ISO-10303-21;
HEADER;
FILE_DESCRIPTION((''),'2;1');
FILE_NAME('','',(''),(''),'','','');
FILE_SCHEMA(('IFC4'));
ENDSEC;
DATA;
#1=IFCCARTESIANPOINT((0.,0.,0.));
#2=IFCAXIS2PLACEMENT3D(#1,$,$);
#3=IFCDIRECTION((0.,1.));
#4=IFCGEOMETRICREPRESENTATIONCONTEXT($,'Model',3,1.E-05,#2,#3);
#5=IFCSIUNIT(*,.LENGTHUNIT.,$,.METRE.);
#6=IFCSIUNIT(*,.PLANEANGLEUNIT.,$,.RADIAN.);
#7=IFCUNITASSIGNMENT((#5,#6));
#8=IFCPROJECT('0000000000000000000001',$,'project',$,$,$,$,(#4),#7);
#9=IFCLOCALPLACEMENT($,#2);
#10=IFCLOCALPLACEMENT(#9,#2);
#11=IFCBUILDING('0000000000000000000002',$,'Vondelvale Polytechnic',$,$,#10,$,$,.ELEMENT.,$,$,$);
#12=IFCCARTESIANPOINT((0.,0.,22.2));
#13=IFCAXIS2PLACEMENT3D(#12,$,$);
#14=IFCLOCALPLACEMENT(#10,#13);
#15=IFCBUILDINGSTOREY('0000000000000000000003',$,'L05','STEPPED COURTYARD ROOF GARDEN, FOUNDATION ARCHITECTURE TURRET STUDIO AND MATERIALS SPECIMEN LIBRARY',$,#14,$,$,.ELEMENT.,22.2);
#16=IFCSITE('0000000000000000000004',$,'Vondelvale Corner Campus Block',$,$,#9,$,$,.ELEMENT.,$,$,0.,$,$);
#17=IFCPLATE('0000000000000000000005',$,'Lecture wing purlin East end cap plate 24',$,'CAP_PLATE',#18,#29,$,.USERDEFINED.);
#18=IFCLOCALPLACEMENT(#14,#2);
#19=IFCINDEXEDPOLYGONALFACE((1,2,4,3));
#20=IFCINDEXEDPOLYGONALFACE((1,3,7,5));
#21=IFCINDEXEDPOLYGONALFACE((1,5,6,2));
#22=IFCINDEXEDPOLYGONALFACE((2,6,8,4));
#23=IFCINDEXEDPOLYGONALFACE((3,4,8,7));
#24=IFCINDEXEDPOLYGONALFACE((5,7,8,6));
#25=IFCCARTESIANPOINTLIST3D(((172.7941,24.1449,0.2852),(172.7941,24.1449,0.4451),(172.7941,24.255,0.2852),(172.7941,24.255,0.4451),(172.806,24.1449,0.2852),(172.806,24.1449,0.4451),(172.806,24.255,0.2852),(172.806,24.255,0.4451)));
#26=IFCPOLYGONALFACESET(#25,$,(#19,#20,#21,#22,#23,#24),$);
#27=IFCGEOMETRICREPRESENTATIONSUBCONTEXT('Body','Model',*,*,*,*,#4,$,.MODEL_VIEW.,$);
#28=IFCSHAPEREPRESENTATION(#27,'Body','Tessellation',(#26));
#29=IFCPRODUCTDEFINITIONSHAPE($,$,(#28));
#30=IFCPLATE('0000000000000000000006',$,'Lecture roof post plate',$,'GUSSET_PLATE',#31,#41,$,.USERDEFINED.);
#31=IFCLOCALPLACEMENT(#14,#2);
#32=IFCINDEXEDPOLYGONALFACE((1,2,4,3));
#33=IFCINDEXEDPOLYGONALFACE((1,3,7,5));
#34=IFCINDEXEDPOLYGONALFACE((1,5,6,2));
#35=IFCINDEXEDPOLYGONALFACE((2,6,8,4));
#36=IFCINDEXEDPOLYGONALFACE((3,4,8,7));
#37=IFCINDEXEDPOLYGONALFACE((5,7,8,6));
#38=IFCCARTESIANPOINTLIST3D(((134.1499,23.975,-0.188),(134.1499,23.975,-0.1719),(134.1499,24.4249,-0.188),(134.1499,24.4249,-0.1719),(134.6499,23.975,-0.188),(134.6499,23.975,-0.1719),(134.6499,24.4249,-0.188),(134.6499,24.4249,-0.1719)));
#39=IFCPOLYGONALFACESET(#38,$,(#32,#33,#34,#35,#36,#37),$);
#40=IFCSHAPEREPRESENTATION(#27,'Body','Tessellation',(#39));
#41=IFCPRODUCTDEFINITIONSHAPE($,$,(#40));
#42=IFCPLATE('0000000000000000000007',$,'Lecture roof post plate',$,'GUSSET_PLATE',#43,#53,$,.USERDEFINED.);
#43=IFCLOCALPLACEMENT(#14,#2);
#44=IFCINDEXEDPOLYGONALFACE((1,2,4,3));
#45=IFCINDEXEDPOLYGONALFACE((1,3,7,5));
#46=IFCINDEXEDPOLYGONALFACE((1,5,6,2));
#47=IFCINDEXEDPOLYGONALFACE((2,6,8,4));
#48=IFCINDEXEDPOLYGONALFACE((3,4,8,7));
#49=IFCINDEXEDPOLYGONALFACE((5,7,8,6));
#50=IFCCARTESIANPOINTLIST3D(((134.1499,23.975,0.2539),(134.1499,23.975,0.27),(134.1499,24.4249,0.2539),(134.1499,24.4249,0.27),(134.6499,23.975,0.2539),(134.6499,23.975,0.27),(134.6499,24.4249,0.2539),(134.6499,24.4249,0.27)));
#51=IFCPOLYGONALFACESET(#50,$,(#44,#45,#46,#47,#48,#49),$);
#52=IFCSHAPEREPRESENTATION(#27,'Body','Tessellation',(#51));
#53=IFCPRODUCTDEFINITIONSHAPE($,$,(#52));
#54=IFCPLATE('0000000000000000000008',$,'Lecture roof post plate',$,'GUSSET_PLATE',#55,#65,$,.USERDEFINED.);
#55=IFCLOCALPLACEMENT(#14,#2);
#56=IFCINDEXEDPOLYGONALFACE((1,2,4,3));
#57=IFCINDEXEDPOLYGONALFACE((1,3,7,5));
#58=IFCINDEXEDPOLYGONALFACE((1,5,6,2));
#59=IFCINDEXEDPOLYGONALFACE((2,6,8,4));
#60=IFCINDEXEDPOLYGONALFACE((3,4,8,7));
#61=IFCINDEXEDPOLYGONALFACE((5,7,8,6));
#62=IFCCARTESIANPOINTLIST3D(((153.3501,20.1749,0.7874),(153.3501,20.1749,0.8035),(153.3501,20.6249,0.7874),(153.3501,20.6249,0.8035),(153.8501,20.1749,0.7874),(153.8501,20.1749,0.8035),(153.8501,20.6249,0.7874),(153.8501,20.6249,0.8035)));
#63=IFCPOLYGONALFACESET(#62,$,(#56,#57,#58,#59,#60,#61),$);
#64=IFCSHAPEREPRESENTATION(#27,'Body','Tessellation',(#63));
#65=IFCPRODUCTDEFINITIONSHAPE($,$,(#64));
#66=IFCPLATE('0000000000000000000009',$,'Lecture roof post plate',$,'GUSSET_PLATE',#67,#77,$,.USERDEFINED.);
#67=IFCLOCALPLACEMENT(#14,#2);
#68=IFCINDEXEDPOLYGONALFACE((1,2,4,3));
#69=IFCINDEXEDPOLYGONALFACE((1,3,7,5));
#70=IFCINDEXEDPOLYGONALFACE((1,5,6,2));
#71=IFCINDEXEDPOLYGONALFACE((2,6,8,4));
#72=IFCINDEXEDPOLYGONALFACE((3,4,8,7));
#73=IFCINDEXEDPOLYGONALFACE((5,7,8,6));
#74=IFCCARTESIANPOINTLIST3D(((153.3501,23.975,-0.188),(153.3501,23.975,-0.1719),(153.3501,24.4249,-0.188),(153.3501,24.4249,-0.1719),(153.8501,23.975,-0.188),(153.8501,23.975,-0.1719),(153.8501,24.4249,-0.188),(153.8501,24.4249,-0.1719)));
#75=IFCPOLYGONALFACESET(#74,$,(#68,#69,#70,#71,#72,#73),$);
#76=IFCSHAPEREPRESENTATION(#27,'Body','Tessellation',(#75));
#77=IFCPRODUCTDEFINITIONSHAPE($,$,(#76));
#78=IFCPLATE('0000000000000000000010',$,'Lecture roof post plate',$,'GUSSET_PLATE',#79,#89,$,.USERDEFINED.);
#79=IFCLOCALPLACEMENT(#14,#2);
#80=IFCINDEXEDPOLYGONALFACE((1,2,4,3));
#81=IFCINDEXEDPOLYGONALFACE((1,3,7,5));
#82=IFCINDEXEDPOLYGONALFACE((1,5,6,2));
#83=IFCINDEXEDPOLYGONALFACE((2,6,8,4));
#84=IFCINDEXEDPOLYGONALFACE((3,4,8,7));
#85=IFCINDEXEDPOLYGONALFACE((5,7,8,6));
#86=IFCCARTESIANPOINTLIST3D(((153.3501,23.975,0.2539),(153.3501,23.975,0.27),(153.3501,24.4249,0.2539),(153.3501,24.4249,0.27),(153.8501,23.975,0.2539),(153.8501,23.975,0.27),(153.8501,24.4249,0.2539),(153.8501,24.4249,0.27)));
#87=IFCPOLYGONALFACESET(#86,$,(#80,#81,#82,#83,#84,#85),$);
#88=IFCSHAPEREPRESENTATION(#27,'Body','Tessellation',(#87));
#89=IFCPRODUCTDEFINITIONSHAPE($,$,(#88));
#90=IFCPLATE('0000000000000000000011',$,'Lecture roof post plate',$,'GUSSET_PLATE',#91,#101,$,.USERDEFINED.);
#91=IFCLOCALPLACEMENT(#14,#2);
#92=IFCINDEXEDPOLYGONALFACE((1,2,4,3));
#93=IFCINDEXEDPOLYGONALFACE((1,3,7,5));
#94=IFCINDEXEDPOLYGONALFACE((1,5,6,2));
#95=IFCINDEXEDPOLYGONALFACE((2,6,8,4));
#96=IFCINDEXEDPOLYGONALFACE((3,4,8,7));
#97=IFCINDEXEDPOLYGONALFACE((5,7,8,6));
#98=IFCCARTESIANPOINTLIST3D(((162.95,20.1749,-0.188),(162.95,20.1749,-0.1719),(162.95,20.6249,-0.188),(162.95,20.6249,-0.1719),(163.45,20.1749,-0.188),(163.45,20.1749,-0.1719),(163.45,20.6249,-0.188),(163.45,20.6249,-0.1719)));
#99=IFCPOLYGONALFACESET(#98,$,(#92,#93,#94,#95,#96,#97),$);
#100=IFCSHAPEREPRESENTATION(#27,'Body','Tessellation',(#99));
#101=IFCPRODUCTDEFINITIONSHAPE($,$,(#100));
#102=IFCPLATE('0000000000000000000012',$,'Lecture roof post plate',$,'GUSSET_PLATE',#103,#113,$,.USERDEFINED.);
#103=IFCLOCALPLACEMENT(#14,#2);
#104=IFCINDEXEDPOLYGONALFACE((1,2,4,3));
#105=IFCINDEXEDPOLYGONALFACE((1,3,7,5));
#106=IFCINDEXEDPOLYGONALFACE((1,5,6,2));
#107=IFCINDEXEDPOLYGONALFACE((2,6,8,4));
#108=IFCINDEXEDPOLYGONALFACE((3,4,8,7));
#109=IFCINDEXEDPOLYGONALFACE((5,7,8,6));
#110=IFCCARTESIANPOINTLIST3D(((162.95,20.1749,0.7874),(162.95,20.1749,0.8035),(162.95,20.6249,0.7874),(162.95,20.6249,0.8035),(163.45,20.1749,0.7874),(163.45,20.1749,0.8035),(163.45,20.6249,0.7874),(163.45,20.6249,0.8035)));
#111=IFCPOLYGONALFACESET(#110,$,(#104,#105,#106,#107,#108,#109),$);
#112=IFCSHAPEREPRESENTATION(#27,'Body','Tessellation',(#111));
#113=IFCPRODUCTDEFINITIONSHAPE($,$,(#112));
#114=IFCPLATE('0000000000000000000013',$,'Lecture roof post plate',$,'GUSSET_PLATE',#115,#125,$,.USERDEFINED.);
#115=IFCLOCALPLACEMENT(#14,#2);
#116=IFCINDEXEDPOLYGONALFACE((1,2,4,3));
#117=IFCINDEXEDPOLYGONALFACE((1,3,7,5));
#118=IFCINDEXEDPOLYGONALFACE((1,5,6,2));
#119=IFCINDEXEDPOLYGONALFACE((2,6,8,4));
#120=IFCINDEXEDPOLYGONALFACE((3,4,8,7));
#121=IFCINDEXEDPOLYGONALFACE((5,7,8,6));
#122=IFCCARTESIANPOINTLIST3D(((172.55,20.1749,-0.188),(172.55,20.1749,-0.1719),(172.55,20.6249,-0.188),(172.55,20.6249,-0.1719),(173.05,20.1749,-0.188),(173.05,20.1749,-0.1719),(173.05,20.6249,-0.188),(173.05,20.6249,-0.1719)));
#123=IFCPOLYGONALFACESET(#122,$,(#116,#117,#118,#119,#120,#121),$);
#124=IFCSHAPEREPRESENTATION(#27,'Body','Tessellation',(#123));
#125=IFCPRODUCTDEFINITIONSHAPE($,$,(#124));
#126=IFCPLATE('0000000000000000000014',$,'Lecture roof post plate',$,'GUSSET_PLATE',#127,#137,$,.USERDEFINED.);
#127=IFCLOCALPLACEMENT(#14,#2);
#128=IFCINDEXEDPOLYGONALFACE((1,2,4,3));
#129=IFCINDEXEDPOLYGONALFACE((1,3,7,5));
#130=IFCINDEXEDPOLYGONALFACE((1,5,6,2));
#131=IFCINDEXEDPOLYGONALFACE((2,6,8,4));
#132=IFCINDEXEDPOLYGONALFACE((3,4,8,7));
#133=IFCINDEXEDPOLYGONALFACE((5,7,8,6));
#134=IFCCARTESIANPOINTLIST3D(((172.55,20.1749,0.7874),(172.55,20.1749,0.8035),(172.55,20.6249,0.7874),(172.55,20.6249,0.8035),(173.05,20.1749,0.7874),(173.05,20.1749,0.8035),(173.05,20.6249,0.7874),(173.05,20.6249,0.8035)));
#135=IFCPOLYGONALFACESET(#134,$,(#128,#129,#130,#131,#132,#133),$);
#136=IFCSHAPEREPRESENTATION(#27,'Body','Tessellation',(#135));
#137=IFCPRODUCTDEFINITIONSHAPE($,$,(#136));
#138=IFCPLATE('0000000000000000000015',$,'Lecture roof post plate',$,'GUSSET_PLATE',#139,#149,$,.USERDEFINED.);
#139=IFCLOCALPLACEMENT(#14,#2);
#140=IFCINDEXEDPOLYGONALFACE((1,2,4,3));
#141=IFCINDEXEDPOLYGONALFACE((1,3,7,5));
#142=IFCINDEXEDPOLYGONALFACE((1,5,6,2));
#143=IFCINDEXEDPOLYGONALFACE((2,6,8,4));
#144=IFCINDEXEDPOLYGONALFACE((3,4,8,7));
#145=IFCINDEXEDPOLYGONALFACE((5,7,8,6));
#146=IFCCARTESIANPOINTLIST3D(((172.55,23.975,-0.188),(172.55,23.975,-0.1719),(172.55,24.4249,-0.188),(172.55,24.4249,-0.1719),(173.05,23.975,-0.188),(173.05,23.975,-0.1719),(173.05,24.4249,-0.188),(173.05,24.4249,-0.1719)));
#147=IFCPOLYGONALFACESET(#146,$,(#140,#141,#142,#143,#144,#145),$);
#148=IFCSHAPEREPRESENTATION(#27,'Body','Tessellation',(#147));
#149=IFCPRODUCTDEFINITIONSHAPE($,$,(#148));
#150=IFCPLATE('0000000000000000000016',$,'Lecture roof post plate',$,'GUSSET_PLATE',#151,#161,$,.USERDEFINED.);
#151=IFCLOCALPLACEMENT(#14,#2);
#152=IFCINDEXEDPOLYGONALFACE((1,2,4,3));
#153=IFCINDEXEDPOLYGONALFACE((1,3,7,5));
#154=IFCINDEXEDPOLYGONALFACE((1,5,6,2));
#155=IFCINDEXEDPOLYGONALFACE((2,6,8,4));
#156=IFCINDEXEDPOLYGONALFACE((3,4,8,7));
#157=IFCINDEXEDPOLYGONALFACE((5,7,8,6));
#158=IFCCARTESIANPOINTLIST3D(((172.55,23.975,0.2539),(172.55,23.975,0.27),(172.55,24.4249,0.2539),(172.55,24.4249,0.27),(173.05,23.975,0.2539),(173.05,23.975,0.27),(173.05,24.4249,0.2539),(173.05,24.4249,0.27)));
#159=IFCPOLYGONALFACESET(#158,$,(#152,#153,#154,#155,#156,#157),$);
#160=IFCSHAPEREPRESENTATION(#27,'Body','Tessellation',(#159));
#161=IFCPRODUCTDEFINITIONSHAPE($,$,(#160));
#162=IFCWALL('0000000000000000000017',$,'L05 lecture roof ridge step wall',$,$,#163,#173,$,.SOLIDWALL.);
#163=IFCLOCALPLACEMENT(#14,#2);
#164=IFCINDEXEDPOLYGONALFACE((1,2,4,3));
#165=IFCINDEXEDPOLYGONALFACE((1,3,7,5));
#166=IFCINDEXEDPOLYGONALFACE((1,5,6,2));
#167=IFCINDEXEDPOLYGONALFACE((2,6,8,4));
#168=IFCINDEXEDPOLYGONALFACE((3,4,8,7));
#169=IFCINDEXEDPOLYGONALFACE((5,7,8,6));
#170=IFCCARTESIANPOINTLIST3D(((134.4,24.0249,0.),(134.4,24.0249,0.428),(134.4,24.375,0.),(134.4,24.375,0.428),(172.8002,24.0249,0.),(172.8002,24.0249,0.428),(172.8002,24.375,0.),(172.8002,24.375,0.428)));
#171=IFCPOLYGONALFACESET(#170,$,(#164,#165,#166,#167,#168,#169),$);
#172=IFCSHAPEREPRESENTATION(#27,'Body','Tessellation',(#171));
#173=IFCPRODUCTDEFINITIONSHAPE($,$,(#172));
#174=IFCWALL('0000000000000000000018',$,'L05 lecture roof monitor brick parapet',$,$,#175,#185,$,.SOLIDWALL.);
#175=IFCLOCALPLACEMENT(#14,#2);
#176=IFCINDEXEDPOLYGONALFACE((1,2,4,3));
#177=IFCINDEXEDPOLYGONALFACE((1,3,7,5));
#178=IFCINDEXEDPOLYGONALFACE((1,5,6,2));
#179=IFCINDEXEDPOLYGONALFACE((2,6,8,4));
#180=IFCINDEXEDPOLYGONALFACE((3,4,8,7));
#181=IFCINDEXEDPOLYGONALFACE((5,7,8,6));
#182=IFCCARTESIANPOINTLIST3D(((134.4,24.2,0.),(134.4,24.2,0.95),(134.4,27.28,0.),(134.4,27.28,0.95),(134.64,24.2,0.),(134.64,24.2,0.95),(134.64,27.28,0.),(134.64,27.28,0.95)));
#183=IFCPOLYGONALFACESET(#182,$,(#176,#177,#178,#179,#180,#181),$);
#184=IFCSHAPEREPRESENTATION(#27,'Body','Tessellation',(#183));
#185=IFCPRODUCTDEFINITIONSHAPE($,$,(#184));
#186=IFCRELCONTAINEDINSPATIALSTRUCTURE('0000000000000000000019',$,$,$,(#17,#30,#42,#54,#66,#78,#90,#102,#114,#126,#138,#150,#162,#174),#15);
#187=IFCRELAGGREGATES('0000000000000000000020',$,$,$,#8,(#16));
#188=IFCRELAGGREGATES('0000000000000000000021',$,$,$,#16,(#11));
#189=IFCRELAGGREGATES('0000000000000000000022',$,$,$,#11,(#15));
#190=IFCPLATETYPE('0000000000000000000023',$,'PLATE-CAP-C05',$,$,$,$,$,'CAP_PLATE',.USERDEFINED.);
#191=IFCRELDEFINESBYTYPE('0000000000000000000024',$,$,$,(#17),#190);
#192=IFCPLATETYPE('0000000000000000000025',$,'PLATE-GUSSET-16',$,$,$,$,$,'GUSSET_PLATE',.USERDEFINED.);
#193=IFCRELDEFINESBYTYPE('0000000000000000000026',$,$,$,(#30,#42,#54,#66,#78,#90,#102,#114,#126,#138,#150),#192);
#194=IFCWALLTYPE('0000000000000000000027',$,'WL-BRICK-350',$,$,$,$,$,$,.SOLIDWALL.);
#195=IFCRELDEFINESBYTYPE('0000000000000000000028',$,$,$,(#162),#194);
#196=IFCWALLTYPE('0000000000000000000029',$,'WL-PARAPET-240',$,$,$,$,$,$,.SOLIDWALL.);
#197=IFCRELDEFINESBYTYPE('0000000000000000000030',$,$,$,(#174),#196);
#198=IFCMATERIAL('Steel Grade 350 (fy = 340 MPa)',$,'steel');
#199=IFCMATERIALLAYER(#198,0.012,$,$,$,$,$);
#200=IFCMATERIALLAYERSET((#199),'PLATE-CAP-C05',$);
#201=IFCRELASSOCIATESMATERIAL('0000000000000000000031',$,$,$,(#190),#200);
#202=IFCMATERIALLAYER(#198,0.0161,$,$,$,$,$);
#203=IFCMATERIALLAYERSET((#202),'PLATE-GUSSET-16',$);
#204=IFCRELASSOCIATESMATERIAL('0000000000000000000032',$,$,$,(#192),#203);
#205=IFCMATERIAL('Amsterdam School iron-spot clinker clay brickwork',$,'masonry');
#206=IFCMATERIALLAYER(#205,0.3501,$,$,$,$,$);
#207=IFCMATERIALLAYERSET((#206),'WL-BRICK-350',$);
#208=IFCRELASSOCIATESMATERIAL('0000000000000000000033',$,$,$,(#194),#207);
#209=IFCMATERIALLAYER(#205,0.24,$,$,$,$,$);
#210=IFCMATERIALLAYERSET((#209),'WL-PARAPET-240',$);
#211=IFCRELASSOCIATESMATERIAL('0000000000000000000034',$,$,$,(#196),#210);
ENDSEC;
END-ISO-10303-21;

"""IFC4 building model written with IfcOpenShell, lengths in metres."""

from ifc_helpers import new_model, si_unit, direction, frame, frame_2d, origin, origin_2d, place, context, subcontext, project, spatial, rectangle, extrude, material, layer, layer_set, type_object, element, save


model = new_model("IFC4")

# Units and contexts
model_context = context("Model", 3, precision=1e-05, world=origin(), true_north=direction((0.0, 1.0)))
body_context = subcontext(model_context, "Body", "Model", "MODEL_VIEW")
ifc_project = project(units=[si_unit("LENGTHUNIT", "METRE"), si_unit("PLANEANGLEUNIT", "RADIAN")], contexts=[model_context])

# Site, building, storey
site_placement = place(None, origin())
site = spatial("IfcSite", under=ifc_project, at=site_placement, Name="Vondelvale Corner Campus Block", CompositionType="ELEMENT", RefElevation=0.0)
building_placement = place(site_placement, origin())
building = spatial("IfcBuilding", under=site, at=building_placement, Name="Vondelvale Polytechnic", CompositionType="ELEMENT")
storey_placement = place(building_placement, frame((0.0, 0.0, 22.2)))
storey = spatial("IfcBuildingStorey", under=building, at=storey_placement, Name="L05", Description="STEPPED COURTYARD ROOF GARDEN, FOUNDATION ARCHITECTURE TURRET STUDIO AND MATERIALS SPECIMEN LIBRARY", CompositionType="ELEMENT", Elevation=22.2)

# Plates
ifc_material_1 = material(Name="Steel Grade 350 (fy = 340 MPa)", Category="steel")
ifc_layer_1 = layer(ifc_material_1, 0.012)
ifc_layer_set_1 = layer_set([ifc_layer_1], Name="PLATE-CAP-C05")
plate_type_1 = type_object("IfcPlateType", Name="PLATE-CAP-C05", ElementType="CAP_PLATE", PredefinedType="USERDEFINED", material=ifc_layer_set_1)
for number, where, z_axis, x_axis, name in (
    (1, (172.8, 24.2, 0.2852), (0.0, 0.0, 1.0), (1.0, 0.0, 0.0), "Lecture wing purlin East end cap plate 24"),
):
    element("IfcPlate", number, at=place(storey_placement, frame(where, z_axis=z_axis, x_axis=x_axis)), inside=storey, type_object=plate_type_1, Name=name, ObjectType="CAP_PLATE", PredefinedType="USERDEFINED", context=body_context, shape_type="SweptSolid", body=[
        extrude(rectangle(XDim=0.012, YDim=0.1101, at=origin_2d()), origin(), (0.0, 0.0, 1.0), 0.1599),
    ])
ifc_layer_2 = layer(ifc_material_1, 0.0161)
ifc_layer_set_2 = layer_set([ifc_layer_2], Name="PLATE-GUSSET-16")
plate_type_2 = type_object("IfcPlateType", Name="PLATE-GUSSET-16", ElementType="GUSSET_PLATE", PredefinedType="USERDEFINED", material=ifc_layer_set_2)
for number, where, z_axis, x_axis, name in (
    (2, (134.3999, 24.2, -0.188), (0.0, 0.0, 1.0), (1.0, 0.0, 0.0), "Lecture roof post plate"),
    (3, (134.3999, 24.2, 0.2539), (0.0, 0.0, 1.0), (1.0, 0.0, 0.0), "Lecture roof post plate"),
    (4, (153.6001, 20.3999, 0.7874), (0.0, 0.0, 1.0), (1.0, 0.0, 0.0), "Lecture roof post plate"),
    (5, (153.6001, 24.2, -0.188), (0.0, 0.0, 1.0), (1.0, 0.0, 0.0), "Lecture roof post plate"),
    (6, (153.6001, 24.2, 0.2539), (0.0, 0.0, 1.0), (1.0, 0.0, 0.0), "Lecture roof post plate"),
    (7, (163.2, 20.3999, -0.188), (0.0, 0.0, 1.0), (1.0, 0.0, 0.0), "Lecture roof post plate"),
    (8, (163.2, 20.3999, 0.7874), (0.0, 0.0, 1.0), (1.0, 0.0, 0.0), "Lecture roof post plate"),
    (9, (172.8, 20.3999, -0.188), (0.0, 0.0, 1.0), (1.0, 0.0, 0.0), "Lecture roof post plate"),
    (10, (172.8, 20.3999, 0.7874), (0.0, 0.0, 1.0), (1.0, 0.0, 0.0), "Lecture roof post plate"),
    (11, (172.8, 24.2, -0.188), (0.0, 0.0, 1.0), (1.0, 0.0, 0.0), "Lecture roof post plate"),
    (12, (172.8, 24.2, 0.2539), (0.0, 0.0, 1.0), (1.0, 0.0, 0.0), "Lecture roof post plate"),
):
    element("IfcPlate", number, at=place(storey_placement, frame(where, z_axis=z_axis, x_axis=x_axis)), inside=storey, type_object=plate_type_2, Name=name, ObjectType="GUSSET_PLATE", PredefinedType="USERDEFINED", context=body_context, shape_type="SweptSolid", body=[
        extrude(rectangle(XDim=0.5, YDim=0.45, at=origin_2d()), origin(), (0.0, 0.0, 1.0), 0.0161),
    ])

# Walls
ifc_material_2 = material(Name="Amsterdam School iron-spot clinker clay brickwork", Category="masonry")
ifc_layer_3 = layer(ifc_material_2, 0.3501)
ifc_layer_set_3 = layer_set([ifc_layer_3], Name="WL-BRICK-350")
wall_type_1 = type_object("IfcWallType", Name="WL-BRICK-350", PredefinedType="SOLIDWALL", material=ifc_layer_set_3)
wall_1_placement = place(storey_placement, frame((134.3999, 24.2, 0.0), z_axis=(0.0, 0.0, 1.0), x_axis=(1.0, 0.0, 0.0)))
element("IfcWall", 13, at=wall_1_placement, inside=storey, type_object=wall_type_1, Name="L05 lecture roof ridge step wall", PredefinedType="SOLIDWALL", context=body_context, shape_type="SweptSolid", body=[
    extrude(rectangle(XDim=38.4001, YDim=0.3501, at=frame_2d((19.2002, 0.0))), origin(), (0.0, 0.0, 1.0), 0.428),
])
ifc_layer_4 = layer(ifc_material_2, 0.24)
ifc_layer_set_4 = layer_set([ifc_layer_4], Name="WL-PARAPET-240")
wall_type_2 = type_object("IfcWallType", Name="WL-PARAPET-240", PredefinedType="SOLIDWALL", material=ifc_layer_set_4)
wall_2_placement = place(storey_placement, frame((134.52, 24.2, 0.0), z_axis=(0.0, 0.0, 1.0), x_axis=(0.0, 1.0, 0.0)))
element("IfcWall", 14, at=wall_2_placement, inside=storey, type_object=wall_type_2, Name="L05 lecture roof monitor brick parapet", PredefinedType="SOLIDWALL", context=body_context, shape_type="SweptSolid", body=[
    extrude(rectangle(XDim=3.0801, YDim=0.24, at=frame_2d((1.54, 0.0))), origin(), (0.0, 0.0, 1.0), 0.95),
])

save(model, "model.ifc")
